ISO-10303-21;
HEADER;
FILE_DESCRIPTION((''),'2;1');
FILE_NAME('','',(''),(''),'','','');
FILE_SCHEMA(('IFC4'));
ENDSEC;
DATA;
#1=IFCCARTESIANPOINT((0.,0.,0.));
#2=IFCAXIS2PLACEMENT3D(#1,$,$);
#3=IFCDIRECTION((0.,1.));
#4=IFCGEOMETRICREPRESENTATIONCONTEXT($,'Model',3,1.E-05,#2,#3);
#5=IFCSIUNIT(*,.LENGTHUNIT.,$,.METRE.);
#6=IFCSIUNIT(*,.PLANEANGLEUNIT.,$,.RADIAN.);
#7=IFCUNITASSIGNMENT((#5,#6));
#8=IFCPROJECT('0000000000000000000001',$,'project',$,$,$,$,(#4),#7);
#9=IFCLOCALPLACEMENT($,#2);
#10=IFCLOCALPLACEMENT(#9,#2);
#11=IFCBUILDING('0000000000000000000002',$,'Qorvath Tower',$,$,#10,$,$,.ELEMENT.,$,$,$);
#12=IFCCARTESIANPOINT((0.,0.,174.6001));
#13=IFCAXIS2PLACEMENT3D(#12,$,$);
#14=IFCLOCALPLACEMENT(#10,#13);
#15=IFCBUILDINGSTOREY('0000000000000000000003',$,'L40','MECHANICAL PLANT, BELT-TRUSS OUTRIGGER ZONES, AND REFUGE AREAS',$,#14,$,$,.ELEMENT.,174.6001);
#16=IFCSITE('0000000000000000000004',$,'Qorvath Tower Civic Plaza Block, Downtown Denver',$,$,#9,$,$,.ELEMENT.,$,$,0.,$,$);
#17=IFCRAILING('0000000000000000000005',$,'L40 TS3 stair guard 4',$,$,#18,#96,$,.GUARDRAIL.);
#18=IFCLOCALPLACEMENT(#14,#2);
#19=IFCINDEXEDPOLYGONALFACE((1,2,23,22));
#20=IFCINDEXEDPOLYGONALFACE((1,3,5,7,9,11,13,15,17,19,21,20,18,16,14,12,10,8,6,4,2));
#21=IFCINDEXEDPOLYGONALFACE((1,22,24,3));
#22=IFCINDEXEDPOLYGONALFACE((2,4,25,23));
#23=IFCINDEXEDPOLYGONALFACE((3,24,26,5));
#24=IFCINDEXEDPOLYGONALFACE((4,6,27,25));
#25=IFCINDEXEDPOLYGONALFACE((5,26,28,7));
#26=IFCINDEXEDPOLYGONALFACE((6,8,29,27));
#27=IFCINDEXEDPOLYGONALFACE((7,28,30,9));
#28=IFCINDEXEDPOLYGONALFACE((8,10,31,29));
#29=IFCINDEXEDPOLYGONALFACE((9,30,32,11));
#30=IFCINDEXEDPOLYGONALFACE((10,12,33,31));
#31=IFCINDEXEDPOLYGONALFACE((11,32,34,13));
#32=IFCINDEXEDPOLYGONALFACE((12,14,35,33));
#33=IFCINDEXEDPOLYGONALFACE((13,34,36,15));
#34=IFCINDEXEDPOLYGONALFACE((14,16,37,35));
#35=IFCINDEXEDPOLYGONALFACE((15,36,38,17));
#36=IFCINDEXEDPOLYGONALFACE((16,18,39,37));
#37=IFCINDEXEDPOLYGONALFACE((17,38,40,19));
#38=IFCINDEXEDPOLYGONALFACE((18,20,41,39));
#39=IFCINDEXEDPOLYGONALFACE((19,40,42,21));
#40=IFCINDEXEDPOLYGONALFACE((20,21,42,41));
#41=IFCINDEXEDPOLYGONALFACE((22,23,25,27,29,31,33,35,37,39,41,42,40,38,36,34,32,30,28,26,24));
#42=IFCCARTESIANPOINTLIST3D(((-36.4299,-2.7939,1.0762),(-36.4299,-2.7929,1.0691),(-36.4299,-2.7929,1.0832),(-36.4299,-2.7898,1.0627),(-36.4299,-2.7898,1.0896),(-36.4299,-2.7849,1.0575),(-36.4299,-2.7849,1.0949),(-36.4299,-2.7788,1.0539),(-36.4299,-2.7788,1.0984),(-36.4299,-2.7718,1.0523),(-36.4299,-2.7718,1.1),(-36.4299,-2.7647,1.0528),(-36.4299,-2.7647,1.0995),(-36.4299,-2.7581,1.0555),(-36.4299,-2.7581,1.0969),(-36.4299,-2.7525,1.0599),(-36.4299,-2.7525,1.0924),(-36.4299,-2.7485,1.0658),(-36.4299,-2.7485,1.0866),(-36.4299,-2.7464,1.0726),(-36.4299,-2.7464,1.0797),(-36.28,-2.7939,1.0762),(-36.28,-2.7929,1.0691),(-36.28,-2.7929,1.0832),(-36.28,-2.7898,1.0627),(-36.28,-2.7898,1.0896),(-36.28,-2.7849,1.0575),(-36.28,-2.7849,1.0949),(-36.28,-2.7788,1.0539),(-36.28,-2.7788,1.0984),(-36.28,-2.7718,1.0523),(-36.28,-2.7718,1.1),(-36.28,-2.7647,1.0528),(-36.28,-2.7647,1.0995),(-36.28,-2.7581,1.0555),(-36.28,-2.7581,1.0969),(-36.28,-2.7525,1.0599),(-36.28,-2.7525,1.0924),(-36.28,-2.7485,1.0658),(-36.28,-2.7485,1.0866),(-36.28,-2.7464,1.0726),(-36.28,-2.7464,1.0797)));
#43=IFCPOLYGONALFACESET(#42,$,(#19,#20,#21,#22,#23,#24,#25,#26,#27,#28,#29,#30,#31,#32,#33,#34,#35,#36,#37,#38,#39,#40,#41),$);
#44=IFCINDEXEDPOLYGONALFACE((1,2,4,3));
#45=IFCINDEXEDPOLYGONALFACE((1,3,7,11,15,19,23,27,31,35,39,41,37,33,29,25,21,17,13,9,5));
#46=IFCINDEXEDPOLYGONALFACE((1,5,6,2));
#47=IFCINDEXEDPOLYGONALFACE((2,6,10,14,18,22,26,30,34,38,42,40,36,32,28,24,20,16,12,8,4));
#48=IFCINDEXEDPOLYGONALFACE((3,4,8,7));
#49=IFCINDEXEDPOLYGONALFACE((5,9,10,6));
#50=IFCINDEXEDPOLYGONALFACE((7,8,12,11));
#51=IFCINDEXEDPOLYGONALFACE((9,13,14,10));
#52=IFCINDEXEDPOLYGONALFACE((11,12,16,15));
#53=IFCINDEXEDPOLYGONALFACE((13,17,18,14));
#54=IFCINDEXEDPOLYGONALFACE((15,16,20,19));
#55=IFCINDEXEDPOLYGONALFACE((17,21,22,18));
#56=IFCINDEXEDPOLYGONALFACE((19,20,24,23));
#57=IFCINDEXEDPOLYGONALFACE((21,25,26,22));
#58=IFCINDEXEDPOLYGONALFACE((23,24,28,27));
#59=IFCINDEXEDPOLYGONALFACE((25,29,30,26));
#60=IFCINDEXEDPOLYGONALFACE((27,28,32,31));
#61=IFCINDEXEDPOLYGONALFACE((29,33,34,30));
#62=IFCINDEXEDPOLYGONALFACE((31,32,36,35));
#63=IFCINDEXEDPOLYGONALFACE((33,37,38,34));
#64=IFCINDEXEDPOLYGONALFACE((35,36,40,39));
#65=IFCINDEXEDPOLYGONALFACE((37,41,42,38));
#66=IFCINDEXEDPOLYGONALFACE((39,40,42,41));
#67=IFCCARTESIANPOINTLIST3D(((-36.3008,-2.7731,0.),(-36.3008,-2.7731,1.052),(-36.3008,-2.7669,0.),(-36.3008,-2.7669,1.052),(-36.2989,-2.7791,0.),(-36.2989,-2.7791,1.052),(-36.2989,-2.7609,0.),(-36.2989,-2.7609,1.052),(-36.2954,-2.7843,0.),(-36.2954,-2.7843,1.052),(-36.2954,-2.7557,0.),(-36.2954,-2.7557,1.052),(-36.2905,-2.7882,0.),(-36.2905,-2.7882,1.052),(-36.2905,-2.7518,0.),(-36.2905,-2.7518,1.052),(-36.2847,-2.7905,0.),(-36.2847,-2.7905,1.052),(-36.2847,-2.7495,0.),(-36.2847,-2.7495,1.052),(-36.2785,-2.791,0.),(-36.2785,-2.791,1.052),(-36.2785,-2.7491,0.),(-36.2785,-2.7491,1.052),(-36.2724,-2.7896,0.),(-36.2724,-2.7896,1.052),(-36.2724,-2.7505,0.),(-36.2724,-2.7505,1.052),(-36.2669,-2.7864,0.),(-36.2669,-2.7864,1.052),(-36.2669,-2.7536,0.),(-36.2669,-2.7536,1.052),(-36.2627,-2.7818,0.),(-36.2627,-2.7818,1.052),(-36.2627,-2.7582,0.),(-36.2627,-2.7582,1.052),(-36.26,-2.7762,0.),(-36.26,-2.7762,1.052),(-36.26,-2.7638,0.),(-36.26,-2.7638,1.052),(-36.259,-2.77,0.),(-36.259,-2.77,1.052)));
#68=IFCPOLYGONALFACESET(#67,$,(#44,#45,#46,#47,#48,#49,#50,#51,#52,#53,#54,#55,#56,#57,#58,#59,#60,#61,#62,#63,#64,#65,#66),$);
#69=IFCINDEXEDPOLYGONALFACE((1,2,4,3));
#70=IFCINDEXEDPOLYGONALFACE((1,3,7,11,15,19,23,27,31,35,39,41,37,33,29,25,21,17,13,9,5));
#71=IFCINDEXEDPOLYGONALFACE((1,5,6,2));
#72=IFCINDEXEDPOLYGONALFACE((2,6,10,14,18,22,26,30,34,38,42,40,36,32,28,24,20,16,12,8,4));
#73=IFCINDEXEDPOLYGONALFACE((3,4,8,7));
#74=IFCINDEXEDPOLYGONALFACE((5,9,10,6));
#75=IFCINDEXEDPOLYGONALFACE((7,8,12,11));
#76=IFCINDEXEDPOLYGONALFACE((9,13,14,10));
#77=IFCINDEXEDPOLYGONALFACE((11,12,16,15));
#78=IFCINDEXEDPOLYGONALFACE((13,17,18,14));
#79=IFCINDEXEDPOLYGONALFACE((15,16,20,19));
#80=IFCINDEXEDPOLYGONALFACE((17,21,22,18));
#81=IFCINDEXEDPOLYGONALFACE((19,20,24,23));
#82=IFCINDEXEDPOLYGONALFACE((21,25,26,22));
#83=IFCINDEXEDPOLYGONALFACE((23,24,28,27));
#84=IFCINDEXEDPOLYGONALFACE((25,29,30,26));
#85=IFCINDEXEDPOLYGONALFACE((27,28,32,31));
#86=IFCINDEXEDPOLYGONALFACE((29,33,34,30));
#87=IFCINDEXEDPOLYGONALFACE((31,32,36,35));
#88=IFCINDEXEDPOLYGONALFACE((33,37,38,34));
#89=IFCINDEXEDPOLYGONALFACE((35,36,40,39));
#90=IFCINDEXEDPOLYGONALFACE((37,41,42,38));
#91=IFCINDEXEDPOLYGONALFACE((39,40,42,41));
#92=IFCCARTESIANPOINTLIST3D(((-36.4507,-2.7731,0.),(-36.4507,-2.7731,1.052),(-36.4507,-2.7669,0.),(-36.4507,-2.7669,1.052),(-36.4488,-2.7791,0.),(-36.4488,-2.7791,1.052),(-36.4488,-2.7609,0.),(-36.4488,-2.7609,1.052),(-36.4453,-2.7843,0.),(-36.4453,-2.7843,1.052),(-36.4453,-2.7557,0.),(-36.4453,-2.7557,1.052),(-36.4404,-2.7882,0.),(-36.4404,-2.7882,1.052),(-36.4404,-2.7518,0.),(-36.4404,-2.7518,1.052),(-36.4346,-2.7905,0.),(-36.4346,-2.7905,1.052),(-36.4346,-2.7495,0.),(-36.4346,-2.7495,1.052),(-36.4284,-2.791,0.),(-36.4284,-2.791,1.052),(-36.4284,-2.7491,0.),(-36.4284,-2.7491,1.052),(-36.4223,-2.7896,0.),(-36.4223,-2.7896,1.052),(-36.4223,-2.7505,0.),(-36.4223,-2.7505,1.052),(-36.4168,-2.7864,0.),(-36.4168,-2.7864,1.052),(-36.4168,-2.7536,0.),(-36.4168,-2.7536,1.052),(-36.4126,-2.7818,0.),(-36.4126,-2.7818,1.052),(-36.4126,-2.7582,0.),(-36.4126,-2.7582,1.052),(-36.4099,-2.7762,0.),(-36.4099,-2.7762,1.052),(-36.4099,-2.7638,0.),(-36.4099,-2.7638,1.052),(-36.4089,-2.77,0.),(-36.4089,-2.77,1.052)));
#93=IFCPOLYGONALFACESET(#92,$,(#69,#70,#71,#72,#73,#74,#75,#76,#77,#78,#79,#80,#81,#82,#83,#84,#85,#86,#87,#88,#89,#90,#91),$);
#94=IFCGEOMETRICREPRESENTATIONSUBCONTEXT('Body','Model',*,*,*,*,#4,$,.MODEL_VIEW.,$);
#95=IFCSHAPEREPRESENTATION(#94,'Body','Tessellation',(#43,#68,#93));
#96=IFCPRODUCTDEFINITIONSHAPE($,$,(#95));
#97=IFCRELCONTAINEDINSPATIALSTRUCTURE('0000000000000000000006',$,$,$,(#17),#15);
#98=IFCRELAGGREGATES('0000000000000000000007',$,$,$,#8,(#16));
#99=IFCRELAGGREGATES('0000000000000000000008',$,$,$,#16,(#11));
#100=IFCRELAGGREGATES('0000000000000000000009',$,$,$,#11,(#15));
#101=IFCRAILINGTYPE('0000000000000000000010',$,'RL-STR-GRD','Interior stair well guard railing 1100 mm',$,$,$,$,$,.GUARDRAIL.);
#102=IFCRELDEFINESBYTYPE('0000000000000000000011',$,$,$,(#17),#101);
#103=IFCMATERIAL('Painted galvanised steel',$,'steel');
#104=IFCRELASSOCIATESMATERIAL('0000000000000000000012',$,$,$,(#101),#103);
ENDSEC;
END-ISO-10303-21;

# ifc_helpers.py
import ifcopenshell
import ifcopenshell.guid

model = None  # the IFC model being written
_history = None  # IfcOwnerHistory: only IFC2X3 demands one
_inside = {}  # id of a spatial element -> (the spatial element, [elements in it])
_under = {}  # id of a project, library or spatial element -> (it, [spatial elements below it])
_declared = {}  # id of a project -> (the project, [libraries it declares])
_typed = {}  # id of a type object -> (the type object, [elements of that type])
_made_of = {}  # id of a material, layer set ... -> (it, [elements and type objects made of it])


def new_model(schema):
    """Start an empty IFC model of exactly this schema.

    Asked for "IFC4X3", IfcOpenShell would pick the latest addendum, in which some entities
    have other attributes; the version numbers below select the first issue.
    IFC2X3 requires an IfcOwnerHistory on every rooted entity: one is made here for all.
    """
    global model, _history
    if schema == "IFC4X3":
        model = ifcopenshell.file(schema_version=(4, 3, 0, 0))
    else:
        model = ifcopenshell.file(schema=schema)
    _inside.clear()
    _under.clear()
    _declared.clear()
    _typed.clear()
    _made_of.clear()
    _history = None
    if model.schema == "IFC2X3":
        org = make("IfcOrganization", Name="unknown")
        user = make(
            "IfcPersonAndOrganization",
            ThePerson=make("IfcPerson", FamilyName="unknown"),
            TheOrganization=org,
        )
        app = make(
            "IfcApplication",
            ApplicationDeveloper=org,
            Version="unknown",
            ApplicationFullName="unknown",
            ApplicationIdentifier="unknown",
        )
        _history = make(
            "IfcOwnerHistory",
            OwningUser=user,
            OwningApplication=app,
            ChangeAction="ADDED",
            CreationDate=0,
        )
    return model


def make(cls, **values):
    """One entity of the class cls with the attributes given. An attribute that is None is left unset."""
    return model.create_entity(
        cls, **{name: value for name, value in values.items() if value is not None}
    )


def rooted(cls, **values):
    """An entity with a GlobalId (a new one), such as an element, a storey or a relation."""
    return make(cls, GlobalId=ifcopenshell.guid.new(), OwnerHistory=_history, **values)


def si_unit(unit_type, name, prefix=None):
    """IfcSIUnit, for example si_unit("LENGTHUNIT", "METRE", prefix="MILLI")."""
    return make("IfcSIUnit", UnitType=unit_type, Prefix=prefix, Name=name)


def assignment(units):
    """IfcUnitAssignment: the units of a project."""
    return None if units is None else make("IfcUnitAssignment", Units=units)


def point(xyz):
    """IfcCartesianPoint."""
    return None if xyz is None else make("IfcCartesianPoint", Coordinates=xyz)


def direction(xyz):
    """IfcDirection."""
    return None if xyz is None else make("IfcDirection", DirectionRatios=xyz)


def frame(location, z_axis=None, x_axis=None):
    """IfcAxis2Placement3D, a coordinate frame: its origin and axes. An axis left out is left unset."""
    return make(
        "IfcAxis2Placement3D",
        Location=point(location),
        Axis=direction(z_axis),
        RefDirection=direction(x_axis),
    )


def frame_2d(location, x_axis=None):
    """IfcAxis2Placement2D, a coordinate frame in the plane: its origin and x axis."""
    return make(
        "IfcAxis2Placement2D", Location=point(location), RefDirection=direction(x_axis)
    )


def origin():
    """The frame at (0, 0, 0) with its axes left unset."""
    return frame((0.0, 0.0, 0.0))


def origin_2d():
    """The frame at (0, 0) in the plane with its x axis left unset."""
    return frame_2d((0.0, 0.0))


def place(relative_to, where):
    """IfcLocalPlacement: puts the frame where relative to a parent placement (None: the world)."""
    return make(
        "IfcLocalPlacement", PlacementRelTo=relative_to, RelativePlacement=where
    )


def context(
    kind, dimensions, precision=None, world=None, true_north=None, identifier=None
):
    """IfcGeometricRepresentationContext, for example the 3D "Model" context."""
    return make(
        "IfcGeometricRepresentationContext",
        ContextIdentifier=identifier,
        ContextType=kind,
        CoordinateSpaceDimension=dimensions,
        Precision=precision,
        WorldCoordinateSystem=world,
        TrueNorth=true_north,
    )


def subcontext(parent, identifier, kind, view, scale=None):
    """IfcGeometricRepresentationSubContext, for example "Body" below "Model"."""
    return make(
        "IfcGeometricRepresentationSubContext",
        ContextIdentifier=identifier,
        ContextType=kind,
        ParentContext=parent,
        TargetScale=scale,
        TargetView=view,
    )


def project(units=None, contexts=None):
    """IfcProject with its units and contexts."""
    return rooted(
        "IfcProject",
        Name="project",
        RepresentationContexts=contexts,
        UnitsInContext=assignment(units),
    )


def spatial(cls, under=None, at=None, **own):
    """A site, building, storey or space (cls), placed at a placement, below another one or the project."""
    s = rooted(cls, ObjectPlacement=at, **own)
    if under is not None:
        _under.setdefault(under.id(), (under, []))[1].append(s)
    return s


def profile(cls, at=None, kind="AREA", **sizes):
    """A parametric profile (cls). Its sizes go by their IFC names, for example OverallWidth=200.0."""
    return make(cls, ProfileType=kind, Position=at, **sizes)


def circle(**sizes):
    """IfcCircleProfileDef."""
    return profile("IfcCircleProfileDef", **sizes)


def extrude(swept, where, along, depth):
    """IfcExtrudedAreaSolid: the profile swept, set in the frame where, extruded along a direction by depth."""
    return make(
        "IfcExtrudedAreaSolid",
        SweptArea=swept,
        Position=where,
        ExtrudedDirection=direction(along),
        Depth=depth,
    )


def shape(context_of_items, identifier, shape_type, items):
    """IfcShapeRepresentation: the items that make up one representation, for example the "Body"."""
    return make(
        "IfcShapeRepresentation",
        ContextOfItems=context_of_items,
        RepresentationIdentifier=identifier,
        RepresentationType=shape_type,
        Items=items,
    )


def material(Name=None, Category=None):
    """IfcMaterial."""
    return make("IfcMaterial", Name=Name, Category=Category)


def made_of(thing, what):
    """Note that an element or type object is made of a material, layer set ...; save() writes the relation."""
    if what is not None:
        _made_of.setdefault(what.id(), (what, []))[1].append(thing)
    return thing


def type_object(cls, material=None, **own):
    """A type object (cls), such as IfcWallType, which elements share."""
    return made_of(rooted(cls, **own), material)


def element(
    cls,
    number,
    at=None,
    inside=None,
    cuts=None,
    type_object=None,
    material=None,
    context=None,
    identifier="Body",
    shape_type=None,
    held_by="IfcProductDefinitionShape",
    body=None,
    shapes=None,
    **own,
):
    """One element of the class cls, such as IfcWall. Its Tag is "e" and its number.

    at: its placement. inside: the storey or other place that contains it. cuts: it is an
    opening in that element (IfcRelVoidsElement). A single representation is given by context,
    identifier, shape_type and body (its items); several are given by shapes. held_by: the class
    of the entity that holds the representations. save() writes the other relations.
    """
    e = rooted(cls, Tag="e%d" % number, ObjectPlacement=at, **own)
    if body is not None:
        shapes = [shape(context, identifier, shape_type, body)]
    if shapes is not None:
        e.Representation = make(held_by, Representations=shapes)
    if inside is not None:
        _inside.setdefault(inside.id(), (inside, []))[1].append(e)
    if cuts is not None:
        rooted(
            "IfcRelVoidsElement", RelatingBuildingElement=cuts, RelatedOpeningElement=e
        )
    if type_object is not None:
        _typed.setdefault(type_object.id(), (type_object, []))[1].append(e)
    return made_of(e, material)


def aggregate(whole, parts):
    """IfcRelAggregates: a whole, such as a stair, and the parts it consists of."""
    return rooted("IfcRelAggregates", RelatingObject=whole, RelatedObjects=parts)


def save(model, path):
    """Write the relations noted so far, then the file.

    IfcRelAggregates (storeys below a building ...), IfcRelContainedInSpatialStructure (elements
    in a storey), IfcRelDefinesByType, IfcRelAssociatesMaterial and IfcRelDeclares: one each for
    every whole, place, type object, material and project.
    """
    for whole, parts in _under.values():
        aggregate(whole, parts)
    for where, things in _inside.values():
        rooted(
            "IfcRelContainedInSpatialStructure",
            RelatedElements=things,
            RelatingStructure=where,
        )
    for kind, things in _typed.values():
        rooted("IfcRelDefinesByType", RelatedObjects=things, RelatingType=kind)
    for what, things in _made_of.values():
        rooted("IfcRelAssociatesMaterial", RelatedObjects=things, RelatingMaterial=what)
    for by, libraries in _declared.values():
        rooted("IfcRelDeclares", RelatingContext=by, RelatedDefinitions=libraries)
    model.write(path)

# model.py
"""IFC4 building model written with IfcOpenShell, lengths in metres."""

from ifc_helpers import new_model, si_unit, direction, frame, origin, origin_2d, place, context, subcontext, project, spatial, circle, extrude, material, type_object, element, save


model = new_model("IFC4")

# Units and contexts
model_context = context("Model", 3, precision=1e-05, world=origin(), true_north=direction((0.0, 1.0)))
body_context = subcontext(model_context, "Body", "Model", "MODEL_VIEW")
ifc_project = project(units=[si_unit("LENGTHUNIT", "METRE"), si_unit("PLANEANGLEUNIT", "RADIAN")], contexts=[model_context])

# Site, building, storey
site_placement = place(None, origin())
site = spatial("IfcSite", under=ifc_project, at=site_placement, Name="Qorvath Tower Civic Plaza Block, Downtown Denver", CompositionType="ELEMENT", RefElevation=0.0)
building_placement = place(site_placement, origin())
building = spatial("IfcBuilding", under=site, at=building_placement, Name="Qorvath Tower", CompositionType="ELEMENT")
storey_placement = place(building_placement, frame((0.0, 0.0, 174.6001)))
storey = spatial("IfcBuildingStorey", under=building, at=storey_placement, Name="L40", Description="MECHANICAL PLANT, BELT-TRUSS OUTRIGGER ZONES, AND REFUGE AREAS", CompositionType="ELEMENT", Elevation=174.6001)

# Railing
ifc_material_1 = material(Name="Painted galvanised steel", Category="steel")
railing_type_1 = type_object("IfcRailingType", Name="RL-STR-GRD", Description="Interior stair well guard railing 1100 mm", PredefinedType="GUARDRAIL", material=ifc_material_1)
railing_1_placement = place(storey_placement, frame((-36.28, -2.77, 0.0)))
element("IfcRailing", 1, at=railing_1_placement, inside=storey, type_object=railing_type_1, Name="L40 TS3 stair guard 4", PredefinedType="GUARDRAIL", context=body_context, shape_type="SweptSolid", body=[
    extrude(circle(Radius=0.0239, at=origin_2d()), frame((0.0, 0.0, 1.0762), z_axis=(-1.0, 0.0, 0.0), x_axis=(0.0, -1.0, 0.0)), (0.0, 0.0, 1.0), 0.1499),
    extrude(circle(Radius=0.021, at=origin_2d()), origin(), (0.0, 0.0, 1.0), 1.052),
    extrude(circle(Radius=0.021, at=origin_2d()), frame((-0.1499, 0.0, 0.0)), (0.0, 0.0, 1.0), 1.052),
])

save(model, "model.ifc")
